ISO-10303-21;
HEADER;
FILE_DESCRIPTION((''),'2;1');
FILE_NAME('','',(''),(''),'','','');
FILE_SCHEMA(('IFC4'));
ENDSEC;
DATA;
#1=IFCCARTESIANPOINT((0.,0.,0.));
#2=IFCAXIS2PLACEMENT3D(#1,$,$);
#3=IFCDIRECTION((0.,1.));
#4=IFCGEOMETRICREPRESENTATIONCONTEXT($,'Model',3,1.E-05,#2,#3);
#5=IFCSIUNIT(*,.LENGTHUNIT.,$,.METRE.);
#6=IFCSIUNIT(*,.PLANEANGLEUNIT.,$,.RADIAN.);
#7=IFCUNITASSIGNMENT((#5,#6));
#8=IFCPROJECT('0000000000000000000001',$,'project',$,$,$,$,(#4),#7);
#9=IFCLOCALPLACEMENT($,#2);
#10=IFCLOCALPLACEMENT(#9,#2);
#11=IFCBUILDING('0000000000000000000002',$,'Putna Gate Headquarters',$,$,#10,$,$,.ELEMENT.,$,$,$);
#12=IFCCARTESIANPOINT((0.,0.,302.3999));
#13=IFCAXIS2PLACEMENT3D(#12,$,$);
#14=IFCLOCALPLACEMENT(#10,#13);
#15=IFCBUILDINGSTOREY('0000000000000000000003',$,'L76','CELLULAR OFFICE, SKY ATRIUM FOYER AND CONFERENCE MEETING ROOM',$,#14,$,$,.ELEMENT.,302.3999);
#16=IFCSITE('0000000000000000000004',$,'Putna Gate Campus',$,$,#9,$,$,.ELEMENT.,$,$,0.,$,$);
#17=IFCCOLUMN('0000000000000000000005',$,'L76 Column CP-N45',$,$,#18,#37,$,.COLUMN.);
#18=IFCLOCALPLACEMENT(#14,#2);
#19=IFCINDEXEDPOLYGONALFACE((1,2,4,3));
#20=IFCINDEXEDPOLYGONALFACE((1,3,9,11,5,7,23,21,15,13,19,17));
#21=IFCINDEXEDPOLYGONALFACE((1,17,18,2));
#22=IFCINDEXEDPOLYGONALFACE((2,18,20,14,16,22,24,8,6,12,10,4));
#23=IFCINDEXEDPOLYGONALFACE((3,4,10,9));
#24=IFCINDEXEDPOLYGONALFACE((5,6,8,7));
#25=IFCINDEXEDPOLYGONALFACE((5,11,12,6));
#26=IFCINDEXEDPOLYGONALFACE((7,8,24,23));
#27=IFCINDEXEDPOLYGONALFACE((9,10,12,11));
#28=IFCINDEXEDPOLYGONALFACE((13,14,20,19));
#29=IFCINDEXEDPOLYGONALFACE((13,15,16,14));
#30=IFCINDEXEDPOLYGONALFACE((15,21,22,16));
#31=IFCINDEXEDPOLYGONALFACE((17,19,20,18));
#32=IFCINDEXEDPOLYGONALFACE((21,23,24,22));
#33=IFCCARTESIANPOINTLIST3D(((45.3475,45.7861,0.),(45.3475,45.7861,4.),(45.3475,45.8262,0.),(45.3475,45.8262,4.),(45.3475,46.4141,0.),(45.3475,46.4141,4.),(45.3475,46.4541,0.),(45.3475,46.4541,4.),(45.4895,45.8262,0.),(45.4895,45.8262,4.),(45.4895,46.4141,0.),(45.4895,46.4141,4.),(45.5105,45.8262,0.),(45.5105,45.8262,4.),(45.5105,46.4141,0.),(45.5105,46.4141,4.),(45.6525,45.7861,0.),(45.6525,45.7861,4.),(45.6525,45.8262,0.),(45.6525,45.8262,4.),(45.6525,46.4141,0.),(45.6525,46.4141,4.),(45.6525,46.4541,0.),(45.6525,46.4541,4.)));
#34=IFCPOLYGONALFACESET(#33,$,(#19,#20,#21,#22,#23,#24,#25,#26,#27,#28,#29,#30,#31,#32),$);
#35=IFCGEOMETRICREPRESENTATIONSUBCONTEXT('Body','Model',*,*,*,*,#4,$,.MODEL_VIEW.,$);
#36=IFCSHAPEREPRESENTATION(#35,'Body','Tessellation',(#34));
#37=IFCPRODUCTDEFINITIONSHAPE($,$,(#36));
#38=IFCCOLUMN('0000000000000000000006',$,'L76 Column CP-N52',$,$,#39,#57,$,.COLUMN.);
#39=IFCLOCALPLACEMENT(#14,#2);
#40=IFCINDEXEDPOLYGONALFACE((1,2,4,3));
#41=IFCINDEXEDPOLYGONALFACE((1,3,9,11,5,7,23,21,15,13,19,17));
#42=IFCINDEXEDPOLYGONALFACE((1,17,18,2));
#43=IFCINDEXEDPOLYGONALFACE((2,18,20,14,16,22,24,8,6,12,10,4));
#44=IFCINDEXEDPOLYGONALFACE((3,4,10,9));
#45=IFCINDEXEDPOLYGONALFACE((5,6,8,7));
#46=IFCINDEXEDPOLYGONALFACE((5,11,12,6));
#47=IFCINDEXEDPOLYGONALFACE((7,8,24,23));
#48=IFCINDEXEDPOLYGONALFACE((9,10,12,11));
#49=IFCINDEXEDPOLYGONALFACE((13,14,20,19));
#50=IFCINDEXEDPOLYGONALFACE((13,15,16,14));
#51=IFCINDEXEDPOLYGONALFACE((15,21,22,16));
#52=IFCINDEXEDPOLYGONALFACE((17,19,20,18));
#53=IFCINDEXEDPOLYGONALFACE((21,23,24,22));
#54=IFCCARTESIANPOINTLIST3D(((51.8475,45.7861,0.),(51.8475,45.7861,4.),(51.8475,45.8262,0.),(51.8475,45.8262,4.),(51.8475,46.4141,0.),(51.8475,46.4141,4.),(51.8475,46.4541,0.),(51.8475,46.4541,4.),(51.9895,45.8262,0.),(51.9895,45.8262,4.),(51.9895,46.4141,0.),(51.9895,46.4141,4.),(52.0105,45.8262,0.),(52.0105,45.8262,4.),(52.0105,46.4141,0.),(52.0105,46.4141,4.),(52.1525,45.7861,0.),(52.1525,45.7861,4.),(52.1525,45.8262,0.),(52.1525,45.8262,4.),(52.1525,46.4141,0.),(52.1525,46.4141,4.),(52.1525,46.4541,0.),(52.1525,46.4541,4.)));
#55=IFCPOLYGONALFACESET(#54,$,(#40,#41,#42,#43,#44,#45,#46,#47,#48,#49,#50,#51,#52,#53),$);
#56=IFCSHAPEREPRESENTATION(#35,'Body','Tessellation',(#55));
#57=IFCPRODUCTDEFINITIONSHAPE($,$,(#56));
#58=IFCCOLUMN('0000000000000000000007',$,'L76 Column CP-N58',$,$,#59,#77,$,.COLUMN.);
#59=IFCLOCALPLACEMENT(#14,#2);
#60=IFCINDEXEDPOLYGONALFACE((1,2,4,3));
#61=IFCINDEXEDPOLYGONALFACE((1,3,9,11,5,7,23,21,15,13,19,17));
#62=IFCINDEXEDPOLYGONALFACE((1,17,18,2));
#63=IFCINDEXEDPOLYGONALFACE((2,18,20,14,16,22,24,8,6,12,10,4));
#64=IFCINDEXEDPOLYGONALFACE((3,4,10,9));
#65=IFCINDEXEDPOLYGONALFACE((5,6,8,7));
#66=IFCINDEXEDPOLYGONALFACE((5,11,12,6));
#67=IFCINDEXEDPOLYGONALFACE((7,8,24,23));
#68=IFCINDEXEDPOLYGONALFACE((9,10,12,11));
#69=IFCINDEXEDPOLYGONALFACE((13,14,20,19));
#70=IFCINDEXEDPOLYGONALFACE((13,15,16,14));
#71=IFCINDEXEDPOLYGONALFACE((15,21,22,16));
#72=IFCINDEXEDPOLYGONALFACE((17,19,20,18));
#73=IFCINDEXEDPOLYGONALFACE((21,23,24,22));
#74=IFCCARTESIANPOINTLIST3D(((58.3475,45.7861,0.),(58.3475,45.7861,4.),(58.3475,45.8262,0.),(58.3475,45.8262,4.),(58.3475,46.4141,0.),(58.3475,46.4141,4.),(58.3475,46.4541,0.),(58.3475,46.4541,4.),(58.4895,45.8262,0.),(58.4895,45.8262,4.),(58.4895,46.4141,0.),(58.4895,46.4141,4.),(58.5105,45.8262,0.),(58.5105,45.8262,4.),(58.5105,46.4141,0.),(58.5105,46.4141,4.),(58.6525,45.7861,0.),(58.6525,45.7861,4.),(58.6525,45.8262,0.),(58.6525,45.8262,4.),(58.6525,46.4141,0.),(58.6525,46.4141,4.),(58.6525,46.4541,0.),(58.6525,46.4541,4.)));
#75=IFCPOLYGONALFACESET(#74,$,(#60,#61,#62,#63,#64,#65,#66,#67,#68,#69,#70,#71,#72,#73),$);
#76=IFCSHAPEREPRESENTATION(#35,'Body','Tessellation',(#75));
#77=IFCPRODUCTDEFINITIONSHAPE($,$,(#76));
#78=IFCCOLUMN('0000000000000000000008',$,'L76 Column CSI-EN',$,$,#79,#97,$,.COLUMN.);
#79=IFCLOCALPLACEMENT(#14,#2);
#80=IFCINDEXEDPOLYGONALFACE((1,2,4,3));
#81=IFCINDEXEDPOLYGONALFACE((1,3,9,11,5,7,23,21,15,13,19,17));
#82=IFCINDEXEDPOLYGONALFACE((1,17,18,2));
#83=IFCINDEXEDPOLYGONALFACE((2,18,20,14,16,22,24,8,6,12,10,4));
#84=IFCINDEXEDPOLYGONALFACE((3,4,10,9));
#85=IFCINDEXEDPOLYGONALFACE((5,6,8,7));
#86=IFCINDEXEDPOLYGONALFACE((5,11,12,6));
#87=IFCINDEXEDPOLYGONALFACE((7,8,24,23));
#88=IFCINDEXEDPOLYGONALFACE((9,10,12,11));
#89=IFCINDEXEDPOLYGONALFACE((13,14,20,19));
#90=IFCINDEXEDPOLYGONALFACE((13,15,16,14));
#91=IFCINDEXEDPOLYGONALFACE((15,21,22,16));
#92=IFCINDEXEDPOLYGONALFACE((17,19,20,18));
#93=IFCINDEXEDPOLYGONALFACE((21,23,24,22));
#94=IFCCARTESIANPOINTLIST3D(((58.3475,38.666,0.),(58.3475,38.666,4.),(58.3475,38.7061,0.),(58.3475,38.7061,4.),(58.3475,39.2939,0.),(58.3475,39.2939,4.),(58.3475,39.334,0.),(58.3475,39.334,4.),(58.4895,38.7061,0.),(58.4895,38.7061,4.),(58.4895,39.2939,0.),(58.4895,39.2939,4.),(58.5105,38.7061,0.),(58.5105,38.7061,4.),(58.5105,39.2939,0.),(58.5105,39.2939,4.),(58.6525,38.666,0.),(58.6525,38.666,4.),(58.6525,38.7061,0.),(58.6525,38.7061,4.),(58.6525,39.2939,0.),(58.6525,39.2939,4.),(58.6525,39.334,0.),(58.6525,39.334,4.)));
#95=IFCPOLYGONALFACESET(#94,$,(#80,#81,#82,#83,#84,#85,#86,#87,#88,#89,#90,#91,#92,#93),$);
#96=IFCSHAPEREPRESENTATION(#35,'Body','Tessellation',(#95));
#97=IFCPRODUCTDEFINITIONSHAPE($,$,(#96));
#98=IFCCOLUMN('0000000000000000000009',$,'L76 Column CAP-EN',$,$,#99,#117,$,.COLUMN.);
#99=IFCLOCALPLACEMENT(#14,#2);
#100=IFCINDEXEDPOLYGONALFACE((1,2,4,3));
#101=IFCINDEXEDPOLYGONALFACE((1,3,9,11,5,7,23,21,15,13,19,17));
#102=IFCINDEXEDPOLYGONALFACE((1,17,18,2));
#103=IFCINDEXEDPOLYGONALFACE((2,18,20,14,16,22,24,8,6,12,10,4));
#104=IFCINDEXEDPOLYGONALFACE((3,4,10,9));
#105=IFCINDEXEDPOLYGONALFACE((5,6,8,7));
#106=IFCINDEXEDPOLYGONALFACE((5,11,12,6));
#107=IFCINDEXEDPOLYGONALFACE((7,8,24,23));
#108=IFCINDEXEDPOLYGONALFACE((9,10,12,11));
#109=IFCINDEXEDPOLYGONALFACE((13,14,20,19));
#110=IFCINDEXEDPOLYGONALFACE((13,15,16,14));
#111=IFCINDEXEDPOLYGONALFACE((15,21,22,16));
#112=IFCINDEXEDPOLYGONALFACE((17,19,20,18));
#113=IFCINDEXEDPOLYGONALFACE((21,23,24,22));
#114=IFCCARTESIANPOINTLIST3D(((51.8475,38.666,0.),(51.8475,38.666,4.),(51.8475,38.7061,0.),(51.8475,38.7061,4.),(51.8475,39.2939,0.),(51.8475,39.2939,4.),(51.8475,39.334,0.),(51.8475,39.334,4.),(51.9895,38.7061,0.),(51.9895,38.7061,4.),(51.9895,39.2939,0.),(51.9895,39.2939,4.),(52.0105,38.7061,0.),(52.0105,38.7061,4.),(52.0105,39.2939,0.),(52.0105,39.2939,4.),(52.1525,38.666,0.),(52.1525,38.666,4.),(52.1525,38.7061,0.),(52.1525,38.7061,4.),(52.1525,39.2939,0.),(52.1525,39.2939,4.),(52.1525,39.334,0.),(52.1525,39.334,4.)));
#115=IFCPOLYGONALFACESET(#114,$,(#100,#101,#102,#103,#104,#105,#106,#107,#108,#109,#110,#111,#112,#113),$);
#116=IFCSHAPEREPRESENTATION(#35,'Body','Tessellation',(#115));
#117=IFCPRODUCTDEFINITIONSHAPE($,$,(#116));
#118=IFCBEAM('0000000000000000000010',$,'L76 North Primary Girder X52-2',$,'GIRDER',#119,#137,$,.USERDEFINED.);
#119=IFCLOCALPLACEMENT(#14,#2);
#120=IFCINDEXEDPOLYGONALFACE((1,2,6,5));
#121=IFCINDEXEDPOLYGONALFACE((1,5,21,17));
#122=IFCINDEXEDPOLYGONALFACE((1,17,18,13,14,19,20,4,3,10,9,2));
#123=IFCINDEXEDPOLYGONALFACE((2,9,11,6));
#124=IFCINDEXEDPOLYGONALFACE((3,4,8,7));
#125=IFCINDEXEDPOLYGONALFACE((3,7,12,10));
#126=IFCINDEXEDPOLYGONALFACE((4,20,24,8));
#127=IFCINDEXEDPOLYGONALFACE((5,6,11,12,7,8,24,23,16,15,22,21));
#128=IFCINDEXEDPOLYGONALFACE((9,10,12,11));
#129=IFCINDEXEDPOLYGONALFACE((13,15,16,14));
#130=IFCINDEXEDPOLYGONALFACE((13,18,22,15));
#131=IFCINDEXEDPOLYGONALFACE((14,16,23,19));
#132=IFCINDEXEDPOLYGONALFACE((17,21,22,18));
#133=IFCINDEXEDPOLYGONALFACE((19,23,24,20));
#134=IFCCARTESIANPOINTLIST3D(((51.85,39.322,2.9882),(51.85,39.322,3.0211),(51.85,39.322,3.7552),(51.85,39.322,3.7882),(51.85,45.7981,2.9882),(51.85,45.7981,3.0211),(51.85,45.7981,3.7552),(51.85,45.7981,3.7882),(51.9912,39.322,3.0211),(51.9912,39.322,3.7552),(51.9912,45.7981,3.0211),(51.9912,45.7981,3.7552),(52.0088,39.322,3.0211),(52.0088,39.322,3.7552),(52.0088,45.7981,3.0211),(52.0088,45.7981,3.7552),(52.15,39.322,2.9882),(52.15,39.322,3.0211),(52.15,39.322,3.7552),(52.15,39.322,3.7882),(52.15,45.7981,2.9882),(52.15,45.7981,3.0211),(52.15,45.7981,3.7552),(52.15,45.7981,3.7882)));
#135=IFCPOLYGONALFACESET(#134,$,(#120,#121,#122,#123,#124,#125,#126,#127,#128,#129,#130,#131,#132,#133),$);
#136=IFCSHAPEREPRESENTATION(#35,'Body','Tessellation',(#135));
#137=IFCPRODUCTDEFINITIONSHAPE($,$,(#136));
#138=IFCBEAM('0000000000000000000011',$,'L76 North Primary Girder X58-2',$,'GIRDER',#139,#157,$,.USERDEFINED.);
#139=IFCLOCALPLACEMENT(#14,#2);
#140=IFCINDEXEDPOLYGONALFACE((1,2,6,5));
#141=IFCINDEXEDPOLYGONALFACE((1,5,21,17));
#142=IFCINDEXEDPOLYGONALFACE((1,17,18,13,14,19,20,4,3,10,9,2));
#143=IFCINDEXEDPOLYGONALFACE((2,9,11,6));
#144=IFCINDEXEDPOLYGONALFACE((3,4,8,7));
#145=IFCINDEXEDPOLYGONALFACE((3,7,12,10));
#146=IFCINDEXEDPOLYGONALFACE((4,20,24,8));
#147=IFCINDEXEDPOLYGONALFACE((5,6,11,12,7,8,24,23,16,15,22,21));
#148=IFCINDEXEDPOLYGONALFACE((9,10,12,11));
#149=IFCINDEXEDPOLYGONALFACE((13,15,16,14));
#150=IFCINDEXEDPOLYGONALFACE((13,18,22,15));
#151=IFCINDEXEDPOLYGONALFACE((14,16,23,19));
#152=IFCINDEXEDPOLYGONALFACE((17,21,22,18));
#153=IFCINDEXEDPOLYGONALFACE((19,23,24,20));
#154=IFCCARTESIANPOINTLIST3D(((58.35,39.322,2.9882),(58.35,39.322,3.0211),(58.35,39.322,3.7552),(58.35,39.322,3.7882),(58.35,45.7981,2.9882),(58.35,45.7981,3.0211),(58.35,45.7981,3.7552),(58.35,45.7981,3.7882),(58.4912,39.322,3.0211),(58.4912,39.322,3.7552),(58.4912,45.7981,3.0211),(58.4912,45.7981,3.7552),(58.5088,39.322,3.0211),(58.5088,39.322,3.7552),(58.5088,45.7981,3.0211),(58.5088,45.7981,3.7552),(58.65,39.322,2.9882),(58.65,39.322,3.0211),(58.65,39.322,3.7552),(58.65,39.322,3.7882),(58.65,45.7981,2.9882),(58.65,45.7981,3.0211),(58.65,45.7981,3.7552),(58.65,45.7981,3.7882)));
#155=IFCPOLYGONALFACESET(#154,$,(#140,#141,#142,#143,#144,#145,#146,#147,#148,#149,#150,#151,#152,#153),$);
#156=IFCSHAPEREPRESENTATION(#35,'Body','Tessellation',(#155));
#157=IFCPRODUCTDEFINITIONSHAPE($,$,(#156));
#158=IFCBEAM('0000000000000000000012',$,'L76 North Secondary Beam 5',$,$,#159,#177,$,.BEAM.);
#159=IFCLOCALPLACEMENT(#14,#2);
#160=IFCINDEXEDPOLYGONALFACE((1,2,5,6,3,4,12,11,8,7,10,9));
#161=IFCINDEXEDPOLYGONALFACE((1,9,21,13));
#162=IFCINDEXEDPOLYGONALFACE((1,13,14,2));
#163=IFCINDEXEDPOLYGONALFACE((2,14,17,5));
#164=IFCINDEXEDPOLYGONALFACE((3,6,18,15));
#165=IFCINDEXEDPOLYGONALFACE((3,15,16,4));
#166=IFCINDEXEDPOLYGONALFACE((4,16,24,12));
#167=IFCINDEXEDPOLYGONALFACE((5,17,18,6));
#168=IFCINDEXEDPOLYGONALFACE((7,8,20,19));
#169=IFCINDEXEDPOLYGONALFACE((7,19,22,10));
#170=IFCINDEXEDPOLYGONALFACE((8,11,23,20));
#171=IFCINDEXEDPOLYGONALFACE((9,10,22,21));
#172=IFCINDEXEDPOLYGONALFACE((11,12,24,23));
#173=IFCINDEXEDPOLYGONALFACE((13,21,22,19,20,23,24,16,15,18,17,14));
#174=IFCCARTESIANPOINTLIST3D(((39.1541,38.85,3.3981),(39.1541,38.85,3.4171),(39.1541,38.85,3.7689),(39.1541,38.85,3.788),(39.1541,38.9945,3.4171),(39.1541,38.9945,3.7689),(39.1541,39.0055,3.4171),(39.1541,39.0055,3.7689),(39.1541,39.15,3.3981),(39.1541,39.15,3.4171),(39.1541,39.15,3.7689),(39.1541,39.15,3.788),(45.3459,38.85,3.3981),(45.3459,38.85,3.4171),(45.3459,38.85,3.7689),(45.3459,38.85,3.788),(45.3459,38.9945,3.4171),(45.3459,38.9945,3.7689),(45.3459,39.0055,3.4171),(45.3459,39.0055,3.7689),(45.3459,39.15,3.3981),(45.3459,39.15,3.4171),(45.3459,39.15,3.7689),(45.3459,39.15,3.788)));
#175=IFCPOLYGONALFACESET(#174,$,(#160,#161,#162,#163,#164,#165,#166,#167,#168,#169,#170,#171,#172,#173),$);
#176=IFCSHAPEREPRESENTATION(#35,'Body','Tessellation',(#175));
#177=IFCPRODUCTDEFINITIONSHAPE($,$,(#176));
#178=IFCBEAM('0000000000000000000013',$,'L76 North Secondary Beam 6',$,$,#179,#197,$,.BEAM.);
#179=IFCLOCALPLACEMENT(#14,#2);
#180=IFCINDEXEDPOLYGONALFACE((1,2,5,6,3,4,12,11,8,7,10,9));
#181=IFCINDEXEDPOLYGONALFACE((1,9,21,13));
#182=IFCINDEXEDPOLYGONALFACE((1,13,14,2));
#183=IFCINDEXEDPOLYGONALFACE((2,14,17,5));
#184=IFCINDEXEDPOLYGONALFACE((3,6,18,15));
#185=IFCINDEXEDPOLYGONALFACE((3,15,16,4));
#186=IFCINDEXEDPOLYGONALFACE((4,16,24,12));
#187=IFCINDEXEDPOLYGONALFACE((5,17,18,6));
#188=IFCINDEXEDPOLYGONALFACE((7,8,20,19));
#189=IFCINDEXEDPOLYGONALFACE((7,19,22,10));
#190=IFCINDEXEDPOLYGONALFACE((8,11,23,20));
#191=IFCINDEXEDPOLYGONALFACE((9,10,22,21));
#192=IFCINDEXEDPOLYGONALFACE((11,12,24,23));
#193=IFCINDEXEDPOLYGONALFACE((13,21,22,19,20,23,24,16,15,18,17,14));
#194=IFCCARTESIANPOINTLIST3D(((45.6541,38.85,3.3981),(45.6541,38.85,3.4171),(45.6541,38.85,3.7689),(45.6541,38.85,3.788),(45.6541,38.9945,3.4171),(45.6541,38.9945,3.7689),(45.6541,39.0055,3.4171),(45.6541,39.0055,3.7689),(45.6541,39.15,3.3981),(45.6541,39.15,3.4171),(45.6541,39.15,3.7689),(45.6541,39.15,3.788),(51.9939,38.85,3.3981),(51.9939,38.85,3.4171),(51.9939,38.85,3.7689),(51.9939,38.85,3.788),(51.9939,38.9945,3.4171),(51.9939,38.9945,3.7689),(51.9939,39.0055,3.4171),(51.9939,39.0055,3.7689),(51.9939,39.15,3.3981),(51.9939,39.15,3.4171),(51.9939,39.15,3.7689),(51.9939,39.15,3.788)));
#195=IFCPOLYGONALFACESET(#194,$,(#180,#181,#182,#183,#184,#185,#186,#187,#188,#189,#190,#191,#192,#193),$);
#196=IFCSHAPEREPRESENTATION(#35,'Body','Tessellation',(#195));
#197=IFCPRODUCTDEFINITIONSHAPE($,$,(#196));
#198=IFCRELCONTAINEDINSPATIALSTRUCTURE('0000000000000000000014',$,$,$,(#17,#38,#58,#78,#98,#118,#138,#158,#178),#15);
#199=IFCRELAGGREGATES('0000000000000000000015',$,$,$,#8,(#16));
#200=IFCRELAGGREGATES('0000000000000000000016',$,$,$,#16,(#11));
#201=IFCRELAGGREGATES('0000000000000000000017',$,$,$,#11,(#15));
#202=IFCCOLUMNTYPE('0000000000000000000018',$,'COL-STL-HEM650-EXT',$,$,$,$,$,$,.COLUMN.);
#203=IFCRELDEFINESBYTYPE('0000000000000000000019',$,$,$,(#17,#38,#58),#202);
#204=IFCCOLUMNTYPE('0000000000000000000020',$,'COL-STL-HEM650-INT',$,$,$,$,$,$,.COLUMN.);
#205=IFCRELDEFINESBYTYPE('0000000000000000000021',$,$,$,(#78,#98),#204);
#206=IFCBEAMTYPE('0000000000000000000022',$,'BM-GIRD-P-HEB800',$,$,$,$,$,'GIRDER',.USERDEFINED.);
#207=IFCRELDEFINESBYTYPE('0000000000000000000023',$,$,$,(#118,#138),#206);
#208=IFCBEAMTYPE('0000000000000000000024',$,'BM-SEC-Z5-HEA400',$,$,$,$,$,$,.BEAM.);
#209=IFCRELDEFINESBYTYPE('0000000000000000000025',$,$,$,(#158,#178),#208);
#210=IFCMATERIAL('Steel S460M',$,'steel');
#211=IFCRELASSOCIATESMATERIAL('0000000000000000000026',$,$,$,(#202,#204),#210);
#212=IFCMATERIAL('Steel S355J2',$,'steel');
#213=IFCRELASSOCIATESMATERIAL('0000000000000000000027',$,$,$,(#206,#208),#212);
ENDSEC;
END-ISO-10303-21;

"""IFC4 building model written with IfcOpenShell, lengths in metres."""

from ifc_helpers import new_model, si_unit, direction, frame, origin, origin_2d, place, context, subcontext, project, spatial, i_section, extrude, material, material_profile, profile_set, type_object, element, save


model = new_model("IFC4")

# Units and contexts
model_context = context("Model", 3, precision=1e-05, world=origin(), true_north=direction((0.0, 1.0)))
body_context = subcontext(model_context, "Body", "Model", "MODEL_VIEW")
ifc_project = project(units=[si_unit("LENGTHUNIT", "METRE"), si_unit("PLANEANGLEUNIT", "RADIAN")], contexts=[model_context])

# Site, building, storey
site_placement = place(None, origin())
site = spatial("IfcSite", under=ifc_project, at=site_placement, Name="Putna Gate Campus", CompositionType="ELEMENT", RefElevation=0.0)
building_placement = place(site_placement, origin())
building = spatial("IfcBuilding", under=site, at=building_placement, Name="Putna Gate Headquarters", CompositionType="ELEMENT")
storey_placement = place(building_placement, frame((0.0, 0.0, 302.3999)))
storey = spatial("IfcBuildingStorey", under=building, at=storey_placement, Name="L76", Description="CELLULAR OFFICE, SKY ATRIUM FOYER AND CONFERENCE MEETING ROOM", CompositionType="ELEMENT", Elevation=302.3999)

# Columns
ifc_material_1 = material(Name="Steel S460M", Category="steel")
ifc_material_profile_1 = material_profile(ifc_material_1, i_section(OverallWidth=0.3049, OverallDepth=0.668, WebThickness=0.021, FlangeThickness=0.04, at=origin_2d()), Name="Steel S460M")
ifc_profile_set_1 = profile_set([ifc_material_profile_1], Name="Steel S460M")
column_type_1 = type_object("IfcColumnType", Name="COL-STL-HEM650-EXT", PredefinedType="COLUMN", material=ifc_profile_set_1)
for number, where, z_axis, x_axis, name in (
    (1, (45.5, 46.1201, 0.0), (0.0, 0.0, 1.0), (1.0, 0.0, 0.0), "L76 Column CP-N45"),
    (2, (52.0, 46.1201, 0.0), (0.0, 0.0, 1.0), (1.0, 0.0, 0.0), "L76 Column CP-N52"),
    (3, (58.5, 46.1201, 0.0), (0.0, 0.0, 1.0), (1.0, 0.0, 0.0), "L76 Column CP-N58"),
):
    element("IfcColumn", number, at=place(storey_placement, frame(where, z_axis=z_axis, x_axis=x_axis)), inside=storey, type_object=column_type_1, Name=name, PredefinedType="COLUMN", context=body_context, shape_type="SweptSolid", body=[
        extrude(i_section(OverallWidth=0.3049, OverallDepth=0.668, WebThickness=0.021, FlangeThickness=0.04, at=origin_2d()), origin(), (0.0, 0.0, 1.0), 4.0),
    ])
ifc_material_profile_2 = material_profile(ifc_material_1, i_section(OverallWidth=0.3049, OverallDepth=0.668, WebThickness=0.021, FlangeThickness=0.04, at=origin_2d()), Name="Steel S460M")
ifc_profile_set_2 = profile_set([ifc_material_profile_2], Name="Steel S460M")
column_type_2 = type_object("IfcColumnType", Name="COL-STL-HEM650-INT", PredefinedType="COLUMN", material=ifc_profile_set_2)
for number, where, z_axis, x_axis, name in (
    (4, (58.5, 39.0, 0.0), (0.0, 0.0, 1.0), (1.0, 0.0, 0.0), "L76 Column CSI-EN"),
    (5, (52.0, 39.0, 0.0), (0.0, 0.0, 1.0), (1.0, 0.0, 0.0), "L76 Column CAP-EN"),
):
    element("IfcColumn", number, at=place(storey_placement, frame(where, z_axis=z_axis, x_axis=x_axis)), inside=storey, type_object=column_type_2, Name=name, PredefinedType="COLUMN", context=body_context, shape_type="SweptSolid", body=[
        extrude(i_section(OverallWidth=0.3049, OverallDepth=0.668, WebThickness=0.021, FlangeThickness=0.04, at=origin_2d()), origin(), (0.0, 0.0, 1.0), 4.0),
    ])

# Beams
ifc_material_2 = material(Name="Steel S355J2", Category="steel")
ifc_material_profile_3 = material_profile(ifc_material_2, i_section(OverallWidth=0.3, OverallDepth=0.8, WebThickness=0.0176, FlangeThickness=0.033, at=origin_2d()), Name="Steel S355J2")
ifc_profile_set_3 = profile_set([ifc_material_profile_3], Name="Steel S355J2")
beam_type_1 = type_object("IfcBeamType", Name="BM-GIRD-P-HEB800", ElementType="GIRDER", PredefinedType="USERDEFINED", material=ifc_profile_set_3)
for number, where, z_axis, x_axis, name in (
    (6, (52.0, 39.322, 3.3882), (0.0, 1.0, 0.0), (-1.0, 0.0, 0.0), "L76 North Primary Girder X52-2"),
    (7, (58.5, 39.322, 3.3882), (0.0, 1.0, 0.0), (-1.0, 0.0, 0.0), "L76 North Primary Girder X58-2"),
):
    element("IfcBeam", number, at=place(storey_placement, frame(where, z_axis=z_axis, x_axis=x_axis)), inside=storey, type_object=beam_type_1, Name=name, ObjectType="GIRDER", PredefinedType="USERDEFINED", context=body_context, shape_type="SweptSolid", body=[
        extrude(i_section(OverallWidth=0.3, OverallDepth=0.8, WebThickness=0.0176, FlangeThickness=0.033, at=origin_2d()), origin(), (0.0, 0.0, 1.0), 6.4761),
    ])
ifc_material_profile_4 = material_profile(ifc_material_2, i_section(OverallWidth=0.3, OverallDepth=0.3899, WebThickness=0.011, FlangeThickness=0.019, at=origin_2d()), Name="Steel S355J2")
ifc_profile_set_4 = profile_set([ifc_material_profile_4], Name="Steel S355J2")
beam_type_2 = type_object("IfcBeamType", Name="BM-SEC-Z5-HEA400", PredefinedType="BEAM", material=ifc_profile_set_4)
beam_1_placement = place(storey_placement, frame((39.1541, 39.0, 3.593), z_axis=(1.0, 0.0, 0.0), x_axis=(0.0, 1.0, 0.0)))
element("IfcBeam", 8, at=beam_1_placement, inside=storey, type_object=beam_type_2, Name="L76 North Secondary Beam 5", PredefinedType="BEAM", context=body_context, shape_type="SweptSolid", body=[
    extrude(i_section(OverallWidth=0.3, OverallDepth=0.3899, WebThickness=0.011, FlangeThickness=0.019, at=origin_2d()), origin(), (0.0, 0.0, 1.0), 6.1919),
])
beam_2_placement = place(storey_placement, frame((45.6541, 39.0, 3.593), z_axis=(1.0, 0.0, 0.0), x_axis=(0.0, 1.0, 0.0)))
element("IfcBeam", 9, at=beam_2_placement, inside=storey, type_object=beam_type_2, Name="L76 North Secondary Beam 6", PredefinedType="BEAM", context=body_context, shape_type="SweptSolid", body=[
    extrude(i_section(OverallWidth=0.3, OverallDepth=0.3899, WebThickness=0.011, FlangeThickness=0.019, at=origin_2d()), origin(), (0.0, 0.0, 1.0), 6.3398),
])

save(model, "model.ifc")
